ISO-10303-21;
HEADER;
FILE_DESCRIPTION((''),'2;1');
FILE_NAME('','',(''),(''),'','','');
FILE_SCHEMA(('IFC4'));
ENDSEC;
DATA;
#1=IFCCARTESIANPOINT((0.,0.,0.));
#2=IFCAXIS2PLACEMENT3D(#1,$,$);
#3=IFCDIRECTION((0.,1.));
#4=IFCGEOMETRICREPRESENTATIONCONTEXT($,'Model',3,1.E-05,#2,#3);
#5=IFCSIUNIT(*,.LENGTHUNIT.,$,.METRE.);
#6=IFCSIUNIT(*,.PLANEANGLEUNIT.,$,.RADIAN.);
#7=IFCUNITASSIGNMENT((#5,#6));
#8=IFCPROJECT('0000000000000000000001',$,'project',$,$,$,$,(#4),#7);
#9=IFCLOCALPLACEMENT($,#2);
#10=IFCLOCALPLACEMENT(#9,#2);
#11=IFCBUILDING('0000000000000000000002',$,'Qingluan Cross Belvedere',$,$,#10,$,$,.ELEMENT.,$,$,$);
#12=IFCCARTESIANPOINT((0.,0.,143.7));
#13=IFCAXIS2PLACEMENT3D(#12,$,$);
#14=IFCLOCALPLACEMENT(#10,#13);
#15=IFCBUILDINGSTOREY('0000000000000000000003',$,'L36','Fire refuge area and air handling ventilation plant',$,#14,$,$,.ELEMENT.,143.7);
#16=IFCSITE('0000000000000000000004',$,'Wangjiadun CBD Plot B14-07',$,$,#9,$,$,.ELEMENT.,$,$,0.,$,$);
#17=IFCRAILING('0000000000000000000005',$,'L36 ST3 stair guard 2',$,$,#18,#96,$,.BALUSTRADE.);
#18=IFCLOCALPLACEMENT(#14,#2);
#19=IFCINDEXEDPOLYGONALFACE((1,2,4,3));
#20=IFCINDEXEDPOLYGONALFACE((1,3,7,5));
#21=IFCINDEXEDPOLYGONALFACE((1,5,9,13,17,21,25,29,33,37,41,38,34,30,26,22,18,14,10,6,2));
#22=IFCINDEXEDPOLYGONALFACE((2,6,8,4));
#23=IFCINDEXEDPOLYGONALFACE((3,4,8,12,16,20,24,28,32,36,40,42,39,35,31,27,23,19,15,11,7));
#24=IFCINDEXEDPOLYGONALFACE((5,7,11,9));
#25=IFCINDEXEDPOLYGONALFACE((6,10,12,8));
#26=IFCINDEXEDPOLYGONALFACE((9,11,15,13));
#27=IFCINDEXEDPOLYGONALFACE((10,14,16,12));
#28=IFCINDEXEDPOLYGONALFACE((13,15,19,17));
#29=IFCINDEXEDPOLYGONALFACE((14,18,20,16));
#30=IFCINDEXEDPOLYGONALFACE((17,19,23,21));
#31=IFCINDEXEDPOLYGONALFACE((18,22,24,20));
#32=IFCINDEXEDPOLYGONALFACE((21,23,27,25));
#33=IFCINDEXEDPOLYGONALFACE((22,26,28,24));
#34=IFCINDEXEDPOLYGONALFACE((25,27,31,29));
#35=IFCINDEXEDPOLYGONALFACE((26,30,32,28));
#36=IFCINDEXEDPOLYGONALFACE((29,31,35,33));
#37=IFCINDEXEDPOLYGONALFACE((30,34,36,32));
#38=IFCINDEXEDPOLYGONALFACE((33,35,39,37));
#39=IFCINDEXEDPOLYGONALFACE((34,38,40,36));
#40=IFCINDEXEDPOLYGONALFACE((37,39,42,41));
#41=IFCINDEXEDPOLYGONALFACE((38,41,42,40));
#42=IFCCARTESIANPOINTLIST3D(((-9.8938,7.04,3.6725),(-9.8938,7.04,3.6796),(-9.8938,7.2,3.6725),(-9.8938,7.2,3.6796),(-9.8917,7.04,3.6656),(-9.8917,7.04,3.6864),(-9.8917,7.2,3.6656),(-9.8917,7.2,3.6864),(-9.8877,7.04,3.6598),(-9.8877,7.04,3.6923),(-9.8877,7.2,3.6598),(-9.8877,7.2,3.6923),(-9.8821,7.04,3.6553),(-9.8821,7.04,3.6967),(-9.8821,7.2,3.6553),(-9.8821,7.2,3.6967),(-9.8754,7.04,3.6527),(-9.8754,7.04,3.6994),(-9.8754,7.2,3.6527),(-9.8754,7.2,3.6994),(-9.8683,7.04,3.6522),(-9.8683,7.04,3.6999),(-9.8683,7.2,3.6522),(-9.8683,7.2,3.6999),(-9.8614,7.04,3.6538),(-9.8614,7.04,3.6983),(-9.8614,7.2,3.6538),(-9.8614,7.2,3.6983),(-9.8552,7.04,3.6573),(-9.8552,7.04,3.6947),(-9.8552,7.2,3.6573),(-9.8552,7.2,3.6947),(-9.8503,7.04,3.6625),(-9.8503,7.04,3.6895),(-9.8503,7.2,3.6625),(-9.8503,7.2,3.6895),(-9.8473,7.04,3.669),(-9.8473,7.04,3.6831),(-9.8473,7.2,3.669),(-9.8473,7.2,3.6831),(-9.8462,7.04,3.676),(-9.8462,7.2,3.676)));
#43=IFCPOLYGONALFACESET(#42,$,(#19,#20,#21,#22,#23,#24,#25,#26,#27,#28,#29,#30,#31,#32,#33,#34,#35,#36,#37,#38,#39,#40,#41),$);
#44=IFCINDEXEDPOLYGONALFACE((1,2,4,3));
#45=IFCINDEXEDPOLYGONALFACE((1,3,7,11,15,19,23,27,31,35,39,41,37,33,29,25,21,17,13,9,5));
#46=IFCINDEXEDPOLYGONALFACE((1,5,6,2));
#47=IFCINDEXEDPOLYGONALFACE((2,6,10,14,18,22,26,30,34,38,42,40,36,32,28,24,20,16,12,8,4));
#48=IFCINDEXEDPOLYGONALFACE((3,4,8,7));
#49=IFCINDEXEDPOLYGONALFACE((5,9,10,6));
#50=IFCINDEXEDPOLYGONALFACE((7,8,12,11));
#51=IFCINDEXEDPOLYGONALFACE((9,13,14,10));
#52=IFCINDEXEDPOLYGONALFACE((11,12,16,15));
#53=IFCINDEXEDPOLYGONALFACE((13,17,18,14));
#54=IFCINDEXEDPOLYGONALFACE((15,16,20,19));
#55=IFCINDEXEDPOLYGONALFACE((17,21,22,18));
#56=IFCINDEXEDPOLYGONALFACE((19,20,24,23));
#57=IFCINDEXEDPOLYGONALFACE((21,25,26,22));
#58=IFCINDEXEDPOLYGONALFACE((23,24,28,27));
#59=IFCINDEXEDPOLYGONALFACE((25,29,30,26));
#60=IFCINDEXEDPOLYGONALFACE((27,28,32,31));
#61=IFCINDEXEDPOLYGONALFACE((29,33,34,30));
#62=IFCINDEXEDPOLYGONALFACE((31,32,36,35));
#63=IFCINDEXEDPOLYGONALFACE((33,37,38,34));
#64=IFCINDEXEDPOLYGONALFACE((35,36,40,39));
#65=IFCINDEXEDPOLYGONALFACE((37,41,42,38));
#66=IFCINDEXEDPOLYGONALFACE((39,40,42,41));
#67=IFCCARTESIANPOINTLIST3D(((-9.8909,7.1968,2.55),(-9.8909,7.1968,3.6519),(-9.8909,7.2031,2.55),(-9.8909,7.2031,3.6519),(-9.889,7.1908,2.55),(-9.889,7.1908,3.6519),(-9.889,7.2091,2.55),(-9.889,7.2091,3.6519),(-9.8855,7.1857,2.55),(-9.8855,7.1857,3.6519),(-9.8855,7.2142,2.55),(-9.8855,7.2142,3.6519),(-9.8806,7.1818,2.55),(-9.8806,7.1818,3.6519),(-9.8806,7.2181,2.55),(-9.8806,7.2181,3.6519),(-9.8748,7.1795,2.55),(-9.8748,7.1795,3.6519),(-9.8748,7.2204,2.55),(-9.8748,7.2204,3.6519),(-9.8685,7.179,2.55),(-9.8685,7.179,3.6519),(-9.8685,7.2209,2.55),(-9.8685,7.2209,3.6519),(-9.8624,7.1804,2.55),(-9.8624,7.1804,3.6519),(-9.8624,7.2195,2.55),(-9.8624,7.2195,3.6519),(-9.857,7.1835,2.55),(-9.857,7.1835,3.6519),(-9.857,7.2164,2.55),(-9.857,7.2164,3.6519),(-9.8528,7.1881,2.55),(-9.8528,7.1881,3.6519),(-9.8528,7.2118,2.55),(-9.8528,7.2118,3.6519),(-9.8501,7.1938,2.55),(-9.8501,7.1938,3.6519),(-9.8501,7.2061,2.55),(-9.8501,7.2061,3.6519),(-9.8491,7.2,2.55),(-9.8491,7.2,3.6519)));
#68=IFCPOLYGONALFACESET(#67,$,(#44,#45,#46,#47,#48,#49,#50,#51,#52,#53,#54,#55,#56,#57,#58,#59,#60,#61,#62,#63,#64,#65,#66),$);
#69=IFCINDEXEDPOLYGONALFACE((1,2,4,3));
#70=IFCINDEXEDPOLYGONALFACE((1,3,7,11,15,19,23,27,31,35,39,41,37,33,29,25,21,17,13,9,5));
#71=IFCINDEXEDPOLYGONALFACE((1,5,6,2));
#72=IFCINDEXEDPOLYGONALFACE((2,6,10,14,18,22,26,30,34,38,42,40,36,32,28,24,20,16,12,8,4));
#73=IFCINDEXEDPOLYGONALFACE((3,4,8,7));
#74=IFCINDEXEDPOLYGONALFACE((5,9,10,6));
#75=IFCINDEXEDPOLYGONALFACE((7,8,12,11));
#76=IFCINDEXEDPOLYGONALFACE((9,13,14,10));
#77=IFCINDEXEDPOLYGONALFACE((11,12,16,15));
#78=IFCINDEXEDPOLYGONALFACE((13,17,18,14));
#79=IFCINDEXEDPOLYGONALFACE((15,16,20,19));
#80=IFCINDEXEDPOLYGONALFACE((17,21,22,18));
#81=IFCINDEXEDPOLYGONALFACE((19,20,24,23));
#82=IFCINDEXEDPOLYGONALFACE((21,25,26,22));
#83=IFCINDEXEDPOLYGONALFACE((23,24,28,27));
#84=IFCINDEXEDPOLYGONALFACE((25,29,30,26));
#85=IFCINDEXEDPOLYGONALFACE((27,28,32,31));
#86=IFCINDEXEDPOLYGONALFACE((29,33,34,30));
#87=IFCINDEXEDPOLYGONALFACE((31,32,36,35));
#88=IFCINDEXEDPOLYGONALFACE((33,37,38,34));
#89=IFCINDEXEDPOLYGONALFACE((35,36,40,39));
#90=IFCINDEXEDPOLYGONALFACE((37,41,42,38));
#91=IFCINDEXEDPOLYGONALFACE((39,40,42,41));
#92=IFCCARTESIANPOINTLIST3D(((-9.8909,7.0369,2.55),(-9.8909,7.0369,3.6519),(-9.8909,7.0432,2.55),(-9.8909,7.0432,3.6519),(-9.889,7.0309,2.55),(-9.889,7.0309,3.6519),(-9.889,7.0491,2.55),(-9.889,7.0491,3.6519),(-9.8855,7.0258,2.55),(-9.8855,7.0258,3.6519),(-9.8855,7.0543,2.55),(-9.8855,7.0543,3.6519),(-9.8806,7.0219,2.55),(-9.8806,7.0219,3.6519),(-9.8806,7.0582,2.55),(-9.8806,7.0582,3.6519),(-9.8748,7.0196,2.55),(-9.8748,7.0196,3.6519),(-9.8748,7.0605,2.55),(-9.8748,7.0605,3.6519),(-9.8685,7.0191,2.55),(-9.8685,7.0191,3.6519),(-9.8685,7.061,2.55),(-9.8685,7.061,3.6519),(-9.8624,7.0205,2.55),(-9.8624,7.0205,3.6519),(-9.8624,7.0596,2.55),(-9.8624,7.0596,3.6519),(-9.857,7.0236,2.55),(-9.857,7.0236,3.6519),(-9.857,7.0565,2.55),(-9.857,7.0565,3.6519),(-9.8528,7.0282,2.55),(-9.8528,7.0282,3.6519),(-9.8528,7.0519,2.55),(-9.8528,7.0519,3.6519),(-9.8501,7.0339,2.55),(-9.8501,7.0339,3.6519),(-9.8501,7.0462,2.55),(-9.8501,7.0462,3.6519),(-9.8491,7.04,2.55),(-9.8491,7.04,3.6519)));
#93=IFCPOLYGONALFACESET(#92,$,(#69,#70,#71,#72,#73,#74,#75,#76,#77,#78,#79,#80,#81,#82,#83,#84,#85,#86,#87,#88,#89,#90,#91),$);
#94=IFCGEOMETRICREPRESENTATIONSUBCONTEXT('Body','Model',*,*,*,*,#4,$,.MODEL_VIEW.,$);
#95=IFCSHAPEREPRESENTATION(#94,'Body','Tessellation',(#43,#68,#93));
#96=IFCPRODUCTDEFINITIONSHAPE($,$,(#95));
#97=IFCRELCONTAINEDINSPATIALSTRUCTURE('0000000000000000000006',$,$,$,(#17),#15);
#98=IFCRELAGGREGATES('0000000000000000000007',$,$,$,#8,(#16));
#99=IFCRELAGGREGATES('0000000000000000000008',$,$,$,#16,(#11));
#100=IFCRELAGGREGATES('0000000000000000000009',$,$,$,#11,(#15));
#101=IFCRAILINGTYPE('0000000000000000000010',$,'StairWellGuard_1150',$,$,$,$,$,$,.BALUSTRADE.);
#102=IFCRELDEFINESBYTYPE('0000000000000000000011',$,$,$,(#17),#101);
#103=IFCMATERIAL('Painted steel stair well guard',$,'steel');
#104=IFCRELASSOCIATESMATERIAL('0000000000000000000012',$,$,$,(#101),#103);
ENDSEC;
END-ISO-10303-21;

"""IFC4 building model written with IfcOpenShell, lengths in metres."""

from ifc_helpers import new_model, si_unit, direction, frame, origin, origin_2d, place, context, subcontext, project, spatial, circle, extrude, material, type_object, element, save


model = new_model("IFC4")

# Units and contexts
model_context = context("Model", 3, precision=1e-05, world=origin(), true_north=direction((0.0, 1.0)))
body_context = subcontext(model_context, "Body", "Model", "MODEL_VIEW")
ifc_project = project(units=[si_unit("LENGTHUNIT", "METRE"), si_unit("PLANEANGLEUNIT", "RADIAN")], contexts=[model_context])

# Site, building, storey
site_placement = place(None, origin())
site = spatial("IfcSite", under=ifc_project, at=site_placement, Name="Wangjiadun CBD Plot B14-07", CompositionType="ELEMENT", RefElevation=0.0)
building_placement = place(site_placement, origin())
building = spatial("IfcBuilding", under=site, at=building_placement, Name="Qingluan Cross Belvedere", CompositionType="ELEMENT")
storey_placement = place(building_placement, frame((0.0, 0.0, 143.7)))
storey = spatial("IfcBuildingStorey", under=building, at=storey_placement, Name="L36", Description="Fire refuge area and air handling ventilation plant", CompositionType="ELEMENT", Elevation=143.7)

# Railing
ifc_material_1 = material(Name="Painted steel stair well guard", Category="steel")
railing_type_1 = type_object("IfcRailingType", Name="StairWellGuard_1150", PredefinedType="BALUSTRADE", material=ifc_material_1)
railing_1_placement = place(storey_placement, frame((-9.8701, 7.2, 2.55)))
element("IfcRailing", 1, at=railing_1_placement, inside=storey, type_object=railing_type_1, Name="L36 ST3 stair guard 2", PredefinedType="BALUSTRADE", context=body_context, shape_type="SweptSolid", body=[
    extrude(circle(Radius=0.0239, at=origin_2d()), frame((0.0, 0.0, 1.126), z_axis=(0.0, -1.0, 0.0), x_axis=(1.0, 0.0, 0.0)), (0.0, 0.0, 1.0), 0.1599),
    extrude(circle(Radius=0.021, at=origin_2d()), origin(), (0.0, 0.0, 1.0), 1.1018),
    extrude(circle(Radius=0.021, at=origin_2d()), frame((0.0, -0.1599, 0.0)), (0.0, 0.0, 1.0), 1.1018),
])

save(model, "model.ifc")
